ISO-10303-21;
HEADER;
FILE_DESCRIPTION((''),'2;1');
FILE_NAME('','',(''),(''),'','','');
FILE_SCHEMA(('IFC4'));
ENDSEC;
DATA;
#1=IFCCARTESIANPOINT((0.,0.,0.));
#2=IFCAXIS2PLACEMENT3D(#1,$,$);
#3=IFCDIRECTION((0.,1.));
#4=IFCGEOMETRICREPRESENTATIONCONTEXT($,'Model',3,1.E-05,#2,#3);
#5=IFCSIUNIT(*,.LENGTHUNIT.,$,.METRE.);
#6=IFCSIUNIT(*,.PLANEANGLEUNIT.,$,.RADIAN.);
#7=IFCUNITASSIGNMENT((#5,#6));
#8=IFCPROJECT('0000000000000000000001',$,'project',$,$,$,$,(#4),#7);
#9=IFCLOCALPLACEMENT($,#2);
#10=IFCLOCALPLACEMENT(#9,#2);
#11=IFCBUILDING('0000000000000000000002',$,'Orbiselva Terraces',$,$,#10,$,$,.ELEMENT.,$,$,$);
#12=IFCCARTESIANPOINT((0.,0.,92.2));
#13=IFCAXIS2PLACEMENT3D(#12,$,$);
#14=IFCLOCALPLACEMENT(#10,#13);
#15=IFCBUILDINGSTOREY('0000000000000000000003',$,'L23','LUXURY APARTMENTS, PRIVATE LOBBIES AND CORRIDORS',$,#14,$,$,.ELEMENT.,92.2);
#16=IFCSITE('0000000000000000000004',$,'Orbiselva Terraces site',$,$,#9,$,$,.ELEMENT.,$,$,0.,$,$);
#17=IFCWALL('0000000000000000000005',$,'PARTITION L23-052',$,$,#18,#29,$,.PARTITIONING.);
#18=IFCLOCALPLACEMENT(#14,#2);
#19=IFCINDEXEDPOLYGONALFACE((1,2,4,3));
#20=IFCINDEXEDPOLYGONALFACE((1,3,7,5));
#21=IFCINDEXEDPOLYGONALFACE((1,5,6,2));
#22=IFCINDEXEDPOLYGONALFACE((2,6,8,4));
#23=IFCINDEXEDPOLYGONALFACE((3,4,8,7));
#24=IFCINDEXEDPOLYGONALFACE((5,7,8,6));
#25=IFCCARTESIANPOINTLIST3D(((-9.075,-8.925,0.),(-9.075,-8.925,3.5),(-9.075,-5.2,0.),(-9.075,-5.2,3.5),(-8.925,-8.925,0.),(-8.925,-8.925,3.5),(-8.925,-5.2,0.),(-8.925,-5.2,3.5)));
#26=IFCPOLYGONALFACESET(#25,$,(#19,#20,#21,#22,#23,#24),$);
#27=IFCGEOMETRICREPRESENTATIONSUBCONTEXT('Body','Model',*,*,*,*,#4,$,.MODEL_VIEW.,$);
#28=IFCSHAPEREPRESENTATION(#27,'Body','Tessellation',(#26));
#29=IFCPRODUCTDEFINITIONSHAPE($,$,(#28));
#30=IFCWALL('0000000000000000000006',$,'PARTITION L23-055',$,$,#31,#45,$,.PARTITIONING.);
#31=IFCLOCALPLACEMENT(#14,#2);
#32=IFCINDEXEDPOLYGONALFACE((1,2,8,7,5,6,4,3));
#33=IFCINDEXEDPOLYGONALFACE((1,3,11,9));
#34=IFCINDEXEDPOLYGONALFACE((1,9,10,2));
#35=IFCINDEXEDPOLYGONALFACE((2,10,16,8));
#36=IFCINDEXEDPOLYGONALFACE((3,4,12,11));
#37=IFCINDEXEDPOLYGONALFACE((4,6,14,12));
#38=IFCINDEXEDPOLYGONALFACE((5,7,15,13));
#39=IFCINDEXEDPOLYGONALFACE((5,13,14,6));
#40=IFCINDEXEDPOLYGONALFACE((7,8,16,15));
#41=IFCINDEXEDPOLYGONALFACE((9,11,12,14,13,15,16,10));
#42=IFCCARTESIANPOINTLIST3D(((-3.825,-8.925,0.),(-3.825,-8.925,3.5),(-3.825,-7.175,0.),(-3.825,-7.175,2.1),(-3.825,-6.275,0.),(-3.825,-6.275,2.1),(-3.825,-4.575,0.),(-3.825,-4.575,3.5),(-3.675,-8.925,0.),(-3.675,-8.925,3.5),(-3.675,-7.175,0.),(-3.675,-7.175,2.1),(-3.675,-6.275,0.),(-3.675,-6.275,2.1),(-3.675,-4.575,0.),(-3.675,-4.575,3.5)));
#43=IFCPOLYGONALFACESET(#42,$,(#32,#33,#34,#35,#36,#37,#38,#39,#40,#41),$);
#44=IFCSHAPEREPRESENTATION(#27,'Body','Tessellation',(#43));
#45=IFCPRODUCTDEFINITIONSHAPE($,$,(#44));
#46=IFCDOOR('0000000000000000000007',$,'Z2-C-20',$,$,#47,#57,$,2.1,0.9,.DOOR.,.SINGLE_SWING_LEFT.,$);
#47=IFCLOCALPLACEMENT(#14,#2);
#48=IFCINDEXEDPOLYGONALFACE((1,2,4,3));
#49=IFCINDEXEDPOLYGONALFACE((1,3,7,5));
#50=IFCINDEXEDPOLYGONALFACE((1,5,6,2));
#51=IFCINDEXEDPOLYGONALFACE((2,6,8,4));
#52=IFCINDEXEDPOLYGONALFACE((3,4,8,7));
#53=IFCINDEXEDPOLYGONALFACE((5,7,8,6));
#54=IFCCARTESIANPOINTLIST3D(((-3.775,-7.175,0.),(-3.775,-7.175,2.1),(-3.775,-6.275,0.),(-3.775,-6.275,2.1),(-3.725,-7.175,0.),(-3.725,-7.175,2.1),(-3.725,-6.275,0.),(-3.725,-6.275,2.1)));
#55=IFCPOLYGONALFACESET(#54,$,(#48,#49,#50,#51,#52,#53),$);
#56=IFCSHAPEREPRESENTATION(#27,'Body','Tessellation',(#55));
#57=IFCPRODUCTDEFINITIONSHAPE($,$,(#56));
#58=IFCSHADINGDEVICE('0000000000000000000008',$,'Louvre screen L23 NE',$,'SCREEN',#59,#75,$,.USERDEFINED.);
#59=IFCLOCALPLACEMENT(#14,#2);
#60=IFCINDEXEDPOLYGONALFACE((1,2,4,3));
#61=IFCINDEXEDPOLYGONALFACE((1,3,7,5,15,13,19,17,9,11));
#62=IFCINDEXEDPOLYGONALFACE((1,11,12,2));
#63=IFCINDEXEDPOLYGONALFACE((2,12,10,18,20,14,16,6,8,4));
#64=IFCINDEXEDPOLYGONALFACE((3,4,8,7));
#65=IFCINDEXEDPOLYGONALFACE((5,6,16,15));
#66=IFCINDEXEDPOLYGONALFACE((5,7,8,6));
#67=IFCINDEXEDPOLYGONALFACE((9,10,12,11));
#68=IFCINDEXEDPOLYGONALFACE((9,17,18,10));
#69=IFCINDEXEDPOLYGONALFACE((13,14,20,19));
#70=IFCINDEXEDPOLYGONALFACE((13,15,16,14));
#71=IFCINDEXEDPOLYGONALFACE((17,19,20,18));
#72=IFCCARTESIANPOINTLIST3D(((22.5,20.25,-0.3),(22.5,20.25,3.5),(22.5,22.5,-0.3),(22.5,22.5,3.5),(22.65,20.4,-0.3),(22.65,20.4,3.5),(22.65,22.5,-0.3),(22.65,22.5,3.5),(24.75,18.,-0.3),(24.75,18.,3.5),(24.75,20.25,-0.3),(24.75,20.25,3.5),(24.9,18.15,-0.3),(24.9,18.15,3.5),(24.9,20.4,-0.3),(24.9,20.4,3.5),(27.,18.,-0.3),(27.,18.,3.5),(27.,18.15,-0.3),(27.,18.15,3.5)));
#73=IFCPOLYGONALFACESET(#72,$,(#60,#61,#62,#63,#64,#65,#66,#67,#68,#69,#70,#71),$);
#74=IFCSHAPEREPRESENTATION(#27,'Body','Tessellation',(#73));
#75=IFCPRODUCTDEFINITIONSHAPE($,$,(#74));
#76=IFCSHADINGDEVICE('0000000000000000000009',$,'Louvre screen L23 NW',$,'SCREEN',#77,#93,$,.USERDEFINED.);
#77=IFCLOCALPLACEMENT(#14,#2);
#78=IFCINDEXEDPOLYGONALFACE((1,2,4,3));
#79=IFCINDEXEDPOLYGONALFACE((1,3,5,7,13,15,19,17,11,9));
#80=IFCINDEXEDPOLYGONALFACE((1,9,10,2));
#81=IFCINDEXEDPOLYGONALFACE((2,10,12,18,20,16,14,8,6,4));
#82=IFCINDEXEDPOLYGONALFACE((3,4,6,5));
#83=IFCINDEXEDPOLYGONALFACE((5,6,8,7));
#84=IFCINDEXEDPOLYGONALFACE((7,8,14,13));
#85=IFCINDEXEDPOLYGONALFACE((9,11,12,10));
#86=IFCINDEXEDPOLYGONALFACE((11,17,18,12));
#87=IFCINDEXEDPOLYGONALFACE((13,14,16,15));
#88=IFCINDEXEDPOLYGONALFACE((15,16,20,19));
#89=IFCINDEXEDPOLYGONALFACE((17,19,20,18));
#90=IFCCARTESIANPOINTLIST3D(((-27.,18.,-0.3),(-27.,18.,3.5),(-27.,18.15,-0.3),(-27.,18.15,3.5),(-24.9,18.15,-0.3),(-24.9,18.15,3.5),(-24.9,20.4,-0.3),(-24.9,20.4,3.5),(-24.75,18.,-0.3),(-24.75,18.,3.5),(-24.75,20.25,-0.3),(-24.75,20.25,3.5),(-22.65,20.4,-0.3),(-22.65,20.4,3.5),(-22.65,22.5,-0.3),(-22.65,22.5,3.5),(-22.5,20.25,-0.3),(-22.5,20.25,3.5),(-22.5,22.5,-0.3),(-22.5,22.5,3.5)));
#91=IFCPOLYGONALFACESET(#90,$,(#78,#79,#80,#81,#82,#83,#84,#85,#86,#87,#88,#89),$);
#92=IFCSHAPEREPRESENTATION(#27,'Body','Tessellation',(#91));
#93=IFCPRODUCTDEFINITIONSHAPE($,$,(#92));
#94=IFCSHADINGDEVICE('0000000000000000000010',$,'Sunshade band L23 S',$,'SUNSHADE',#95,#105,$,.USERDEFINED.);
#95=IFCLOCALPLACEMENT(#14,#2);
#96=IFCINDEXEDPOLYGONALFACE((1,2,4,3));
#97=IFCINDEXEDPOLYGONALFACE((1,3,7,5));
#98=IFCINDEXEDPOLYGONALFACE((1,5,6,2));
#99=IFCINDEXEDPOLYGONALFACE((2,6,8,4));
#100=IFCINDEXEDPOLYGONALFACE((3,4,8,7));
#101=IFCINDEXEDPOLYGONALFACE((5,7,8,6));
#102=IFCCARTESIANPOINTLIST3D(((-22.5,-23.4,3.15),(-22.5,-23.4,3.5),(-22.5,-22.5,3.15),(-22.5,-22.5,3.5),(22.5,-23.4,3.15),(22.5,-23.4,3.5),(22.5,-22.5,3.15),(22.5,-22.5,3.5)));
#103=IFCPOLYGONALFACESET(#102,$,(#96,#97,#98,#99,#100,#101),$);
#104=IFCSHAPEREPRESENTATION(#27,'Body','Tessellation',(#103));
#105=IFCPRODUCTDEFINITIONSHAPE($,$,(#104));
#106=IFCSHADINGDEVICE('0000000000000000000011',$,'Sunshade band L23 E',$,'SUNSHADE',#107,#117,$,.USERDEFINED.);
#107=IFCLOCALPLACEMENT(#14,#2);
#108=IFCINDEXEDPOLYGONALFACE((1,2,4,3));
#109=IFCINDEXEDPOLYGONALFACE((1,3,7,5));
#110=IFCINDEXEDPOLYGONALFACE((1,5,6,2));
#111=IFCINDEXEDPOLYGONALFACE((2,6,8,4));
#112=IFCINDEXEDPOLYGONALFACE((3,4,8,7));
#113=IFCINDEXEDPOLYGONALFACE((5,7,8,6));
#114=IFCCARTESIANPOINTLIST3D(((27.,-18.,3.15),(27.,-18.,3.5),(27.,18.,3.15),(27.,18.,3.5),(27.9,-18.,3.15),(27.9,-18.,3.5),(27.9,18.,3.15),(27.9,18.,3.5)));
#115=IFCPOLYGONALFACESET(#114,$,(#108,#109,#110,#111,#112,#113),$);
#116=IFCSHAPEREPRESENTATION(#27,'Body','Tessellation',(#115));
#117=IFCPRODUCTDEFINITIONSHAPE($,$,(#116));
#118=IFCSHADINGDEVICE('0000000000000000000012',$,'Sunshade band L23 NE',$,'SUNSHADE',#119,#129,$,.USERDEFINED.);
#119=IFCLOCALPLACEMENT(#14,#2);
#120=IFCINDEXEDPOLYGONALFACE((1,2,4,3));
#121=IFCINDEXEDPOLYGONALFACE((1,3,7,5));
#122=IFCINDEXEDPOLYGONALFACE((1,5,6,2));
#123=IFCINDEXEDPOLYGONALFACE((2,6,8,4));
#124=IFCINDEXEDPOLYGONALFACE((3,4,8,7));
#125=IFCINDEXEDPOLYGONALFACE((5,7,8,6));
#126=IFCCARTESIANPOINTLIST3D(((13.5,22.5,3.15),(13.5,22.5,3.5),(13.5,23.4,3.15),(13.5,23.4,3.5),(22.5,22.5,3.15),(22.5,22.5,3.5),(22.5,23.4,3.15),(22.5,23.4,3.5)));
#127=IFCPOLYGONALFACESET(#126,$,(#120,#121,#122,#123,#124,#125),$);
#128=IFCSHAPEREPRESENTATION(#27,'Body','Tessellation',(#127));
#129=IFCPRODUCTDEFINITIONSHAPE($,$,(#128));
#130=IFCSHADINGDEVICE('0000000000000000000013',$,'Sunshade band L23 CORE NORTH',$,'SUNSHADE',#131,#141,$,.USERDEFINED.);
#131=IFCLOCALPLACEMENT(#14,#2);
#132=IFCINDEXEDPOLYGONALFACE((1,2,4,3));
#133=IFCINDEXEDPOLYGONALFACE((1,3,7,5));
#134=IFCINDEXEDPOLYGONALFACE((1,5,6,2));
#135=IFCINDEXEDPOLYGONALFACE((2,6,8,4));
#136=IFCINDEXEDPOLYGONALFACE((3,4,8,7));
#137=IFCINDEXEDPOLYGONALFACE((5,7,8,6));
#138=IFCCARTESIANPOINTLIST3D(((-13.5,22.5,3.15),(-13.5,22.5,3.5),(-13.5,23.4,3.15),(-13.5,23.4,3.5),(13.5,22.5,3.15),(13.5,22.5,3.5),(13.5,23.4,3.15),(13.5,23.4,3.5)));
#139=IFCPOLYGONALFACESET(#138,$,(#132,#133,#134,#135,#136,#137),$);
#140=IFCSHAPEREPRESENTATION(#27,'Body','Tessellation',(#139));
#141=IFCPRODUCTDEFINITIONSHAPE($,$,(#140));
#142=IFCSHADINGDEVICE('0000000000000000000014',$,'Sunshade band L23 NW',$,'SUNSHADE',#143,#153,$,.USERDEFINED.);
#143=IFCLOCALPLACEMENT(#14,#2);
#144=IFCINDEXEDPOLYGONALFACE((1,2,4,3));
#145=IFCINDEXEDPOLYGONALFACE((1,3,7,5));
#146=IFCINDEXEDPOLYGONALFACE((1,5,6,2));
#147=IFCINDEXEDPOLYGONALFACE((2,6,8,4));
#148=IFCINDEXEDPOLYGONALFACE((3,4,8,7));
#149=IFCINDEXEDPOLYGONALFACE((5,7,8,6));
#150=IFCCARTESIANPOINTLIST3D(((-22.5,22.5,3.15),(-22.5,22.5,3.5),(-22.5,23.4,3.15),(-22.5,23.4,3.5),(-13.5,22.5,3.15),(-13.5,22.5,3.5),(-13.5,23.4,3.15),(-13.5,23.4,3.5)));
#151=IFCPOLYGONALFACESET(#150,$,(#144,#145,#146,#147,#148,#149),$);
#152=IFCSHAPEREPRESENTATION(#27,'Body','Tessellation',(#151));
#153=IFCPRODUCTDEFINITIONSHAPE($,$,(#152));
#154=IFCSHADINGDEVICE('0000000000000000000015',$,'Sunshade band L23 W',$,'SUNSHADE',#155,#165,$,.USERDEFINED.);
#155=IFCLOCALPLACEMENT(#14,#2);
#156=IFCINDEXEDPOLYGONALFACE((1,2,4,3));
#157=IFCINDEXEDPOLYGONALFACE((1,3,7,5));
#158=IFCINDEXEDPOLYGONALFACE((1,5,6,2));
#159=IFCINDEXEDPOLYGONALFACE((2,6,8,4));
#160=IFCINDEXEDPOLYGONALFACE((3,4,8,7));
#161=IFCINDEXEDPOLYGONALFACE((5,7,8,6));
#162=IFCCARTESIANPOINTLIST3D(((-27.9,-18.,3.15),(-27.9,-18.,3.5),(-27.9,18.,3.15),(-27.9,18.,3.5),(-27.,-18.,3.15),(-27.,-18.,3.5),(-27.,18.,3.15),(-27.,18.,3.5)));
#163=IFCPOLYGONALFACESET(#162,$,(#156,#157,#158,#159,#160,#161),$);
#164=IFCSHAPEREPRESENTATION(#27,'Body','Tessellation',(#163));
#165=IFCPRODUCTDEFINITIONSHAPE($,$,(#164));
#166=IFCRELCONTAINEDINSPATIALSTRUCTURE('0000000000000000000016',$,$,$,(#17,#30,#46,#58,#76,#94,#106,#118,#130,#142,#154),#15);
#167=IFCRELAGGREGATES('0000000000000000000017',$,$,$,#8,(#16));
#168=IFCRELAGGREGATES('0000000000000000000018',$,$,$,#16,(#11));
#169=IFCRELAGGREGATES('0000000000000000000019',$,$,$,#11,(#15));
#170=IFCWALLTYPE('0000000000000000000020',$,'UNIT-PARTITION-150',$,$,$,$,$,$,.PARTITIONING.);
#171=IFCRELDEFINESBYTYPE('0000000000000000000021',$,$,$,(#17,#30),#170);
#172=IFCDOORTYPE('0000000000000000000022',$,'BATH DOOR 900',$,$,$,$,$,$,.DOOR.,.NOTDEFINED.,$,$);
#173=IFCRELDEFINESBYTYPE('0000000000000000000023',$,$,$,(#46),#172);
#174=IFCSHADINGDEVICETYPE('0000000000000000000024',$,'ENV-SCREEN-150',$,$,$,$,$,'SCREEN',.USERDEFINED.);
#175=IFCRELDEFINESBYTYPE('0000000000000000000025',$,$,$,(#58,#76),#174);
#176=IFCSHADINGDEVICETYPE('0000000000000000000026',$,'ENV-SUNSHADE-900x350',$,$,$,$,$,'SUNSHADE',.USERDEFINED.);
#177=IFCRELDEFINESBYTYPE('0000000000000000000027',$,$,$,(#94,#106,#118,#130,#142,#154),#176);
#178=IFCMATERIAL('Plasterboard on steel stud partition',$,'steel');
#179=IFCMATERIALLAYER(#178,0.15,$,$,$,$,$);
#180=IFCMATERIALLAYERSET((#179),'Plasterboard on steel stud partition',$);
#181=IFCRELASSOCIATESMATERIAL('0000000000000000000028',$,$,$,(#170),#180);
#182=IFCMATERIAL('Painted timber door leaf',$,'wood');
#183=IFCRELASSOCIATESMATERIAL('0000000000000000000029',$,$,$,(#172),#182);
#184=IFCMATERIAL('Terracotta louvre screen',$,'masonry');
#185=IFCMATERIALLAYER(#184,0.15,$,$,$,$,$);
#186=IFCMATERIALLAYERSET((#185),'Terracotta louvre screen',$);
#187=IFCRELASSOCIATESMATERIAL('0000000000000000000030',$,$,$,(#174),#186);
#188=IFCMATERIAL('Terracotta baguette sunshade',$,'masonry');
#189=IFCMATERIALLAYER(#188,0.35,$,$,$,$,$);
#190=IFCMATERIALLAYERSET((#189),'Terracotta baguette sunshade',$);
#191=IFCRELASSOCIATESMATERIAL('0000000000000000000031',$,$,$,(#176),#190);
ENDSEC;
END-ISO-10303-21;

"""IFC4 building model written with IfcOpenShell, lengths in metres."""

from ifc_helpers import new_model, si_unit, direction, frame, frame_2d, origin, place, context, subcontext, project, spatial, polyline, rectangle, outline, extrude, material, layer, layer_set, type_object, element, fill, save


model = new_model("IFC4")

# Units and contexts
model_context = context("Model", 3, precision=1e-05, world=origin(), true_north=direction((0.0, 1.0)))
body_context = subcontext(model_context, "Body", "Model", "MODEL_VIEW")
ifc_project = project(units=[si_unit("LENGTHUNIT", "METRE"), si_unit("PLANEANGLEUNIT", "RADIAN")], contexts=[model_context])

# Site, building, storey
site_placement = place(None, origin())
site = spatial("IfcSite", under=ifc_project, at=site_placement, Name="Orbiselva Terraces site", CompositionType="ELEMENT", RefElevation=0.0)
building_placement = place(site_placement, origin())
building = spatial("IfcBuilding", under=site, at=building_placement, Name="Orbiselva Terraces", CompositionType="ELEMENT")
storey_placement = place(building_placement, frame((0.0, 0.0, 92.2)))
storey = spatial("IfcBuildingStorey", under=building, at=storey_placement, Name="L23", Description="LUXURY APARTMENTS, PRIVATE LOBBIES AND CORRIDORS", CompositionType="ELEMENT", Elevation=92.2)

# Shared definitions
ifc_material_1 = material(Name="Plasterboard on steel stud partition", Category="steel")
ifc_material_2 = material(Name="Painted timber door leaf", Category="wood")

# Shared definitions
ifc_layer_1 = layer(ifc_material_1, 0.15)
ifc_layer_set_1 = layer_set([ifc_layer_1], Name="Plasterboard on steel stud partition")
wall_type_1 = type_object("IfcWallType", Name="UNIT-PARTITION-150", PredefinedType="PARTITIONING", material=ifc_layer_set_1)

# Wall
wall_1_placement = place(storey_placement, frame((-9.0, -8.925, 0.0), z_axis=(0.0, 0.0, 1.0), x_axis=(0.0, 1.0, 0.0)))
element("IfcWall", 1, at=wall_1_placement, inside=storey, type_object=wall_type_1, Name="PARTITION L23-052", PredefinedType="PARTITIONING", context=body_context, shape_type="SweptSolid", body=[
    extrude(rectangle(XDim=3.725, YDim=0.15, at=frame_2d((1.8625, 0.0))), origin(), (0.0, 0.0, 1.0), 3.5),
])

# Wall, opening, door
wall_2_placement = place(storey_placement, frame((-3.75, -4.575, 0.0), z_axis=(0.0, 0.0, 1.0), x_axis=(0.0, -1.0, 0.0)))
wall_2 = element("IfcWall", 2, at=wall_2_placement, inside=storey, type_object=wall_type_1, Name="PARTITION L23-055", PredefinedType="PARTITIONING", context=body_context, shape_type="SweptSolid", body=[
    extrude(rectangle(XDim=4.35, YDim=0.15, at=frame_2d((2.175, 0.0))), origin(), (0.0, 0.0, 1.0), 3.5),
])
opening_1_placement = place(wall_2_placement, frame((1.7, 0.0, 0.0)))
opening_1 = element("IfcOpeningElement", 3, at=opening_1_placement, cuts=wall_2, PredefinedType="OPENING", context=body_context, shape_type="SweptSolid", body=[
    extrude(rectangle(XDim=0.9, YDim=2.1, at=frame_2d((0.45, 1.05))), frame((0.0, 0.085, 0.0), z_axis=(0.0, -1.0, 0.0), x_axis=(1.0, 0.0, 0.0)), (0.0, 0.0, 1.0), 0.17),
])
door_type_1 = type_object("IfcDoorType", Name="BATH DOOR 900", OperationType="NOTDEFINED", PredefinedType="DOOR", material=ifc_material_2)
door_1_placement = place(opening_1_placement, origin())
door_1 = element("IfcDoor", 4, at=door_1_placement, inside=storey, type_object=door_type_1, Name="Z2-C-20", OperationType="SINGLE_SWING_LEFT", OverallHeight=2.1, OverallWidth=0.9, PredefinedType="DOOR", context=body_context, shape_type="SweptSolid", body=[
    extrude(rectangle(XDim=0.9, YDim=2.1, at=frame_2d((0.45, 1.05))), frame((0.0, 0.025, 0.0), z_axis=(0.0, -1.0, 0.0), x_axis=(1.0, 0.0, 0.0)), (0.0, 0.0, 1.0), 0.05),
])
fill(opening_1, door_1)

# Shading devices
ifc_material_3 = material(Name="Terracotta louvre screen", Category="masonry")
ifc_layer_2 = layer(ifc_material_3, 0.15)
ifc_layer_set_2 = layer_set([ifc_layer_2], Name="Terracotta louvre screen")
shading_device_type_1 = type_object("IfcShadingDeviceType", Name="ENV-SCREEN-150", ElementType="SCREEN", PredefinedType="USERDEFINED", material=ifc_layer_set_2)
shading_device_1_placement = place(storey_placement, frame((0.0, 0.0, -0.3)))
element("IfcShadingDevice", 5, at=shading_device_1_placement, inside=storey, type_object=shading_device_type_1, Name="Louvre screen L23 NE", ObjectType="SCREEN", PredefinedType="USERDEFINED", context=body_context, shape_type="SweptSolid", body=[
    extrude(outline(polyline([(27.0, 18.15), (24.9, 18.15), (24.9, 20.4), (22.65, 20.4), (22.65, 22.5), (22.5, 22.5), (22.5, 20.25), (24.75, 20.25), (24.75, 18.0), (27.0, 18.0), (27.0, 18.15)])), origin(), (0.0, 0.0, 1.0), 3.8),
])
shading_device_2_placement = place(storey_placement, frame((0.0, 0.0, -0.3)))
element("IfcShadingDevice", 6, at=shading_device_2_placement, inside=storey, type_object=shading_device_type_1, Name="Louvre screen L23 NW", ObjectType="SCREEN", PredefinedType="USERDEFINED", context=body_context, shape_type="SweptSolid", body=[
    extrude(outline(polyline([(-22.65, 22.5), (-22.65, 20.4), (-24.9, 20.4), (-24.9, 18.15), (-27.0, 18.15), (-27.0, 18.0), (-24.75, 18.0), (-24.75, 20.25), (-22.5, 20.25), (-22.5, 22.5), (-22.65, 22.5)])), origin(), (0.0, 0.0, 1.0), 3.8),
])
ifc_material_4 = material(Name="Terracotta baguette sunshade", Category="masonry")
ifc_layer_3 = layer(ifc_material_4, 0.35)
ifc_layer_set_3 = layer_set([ifc_layer_3], Name="Terracotta baguette sunshade")
shading_device_type_2 = type_object("IfcShadingDeviceType", Name="ENV-SUNSHADE-900x350", ElementType="SUNSHADE", PredefinedType="USERDEFINED", material=ifc_layer_set_3)
shading_device_3_placement = place(storey_placement, frame((0.0, 0.0, 3.15)))
element("IfcShadingDevice", 7, at=shading_device_3_placement, inside=storey, type_object=shading_device_type_2, Name="Sunshade band L23 S", ObjectType="SUNSHADE", PredefinedType="USERDEFINED", context=body_context, shape_type="SweptSolid", body=[
    extrude(outline(polyline([(-22.5, -23.4), (22.5, -23.4), (22.5, -22.5), (-22.5, -22.5), (-22.5, -23.4)])), origin(), (0.0, 0.0, 1.0), 0.35),
])
shading_device_4_placement = place(storey_placement, frame((0.0, 0.0, 3.15)))
element("IfcShadingDevice", 8, at=shading_device_4_placement, inside=storey, type_object=shading_device_type_2, Name="Sunshade band L23 E", ObjectType="SUNSHADE", PredefinedType="USERDEFINED", context=body_context, shape_type="SweptSolid", body=[
    extrude(outline(polyline([(27.9, -18.0), (27.9, 18.0), (27.0, 18.0), (27.0, -18.0), (27.9, -18.0)])), origin(), (0.0, 0.0, 1.0), 0.35),
])
shading_device_5_placement = place(storey_placement, frame((0.0, 0.0, 3.15)))
element("IfcShadingDevice", 9, at=shading_device_5_placement, inside=storey, type_object=shading_device_type_2, Name="Sunshade band L23 NE", ObjectType="SUNSHADE", PredefinedType="USERDEFINED", context=body_context, shape_type="SweptSolid", body=[
    extrude(outline(polyline([(22.5, 23.4), (13.5, 23.4), (13.5, 22.5), (22.5, 22.5), (22.5, 23.4)])), origin(), (0.0, 0.0, 1.0), 0.35),
])
shading_device_6_placement = place(storey_placement, frame((0.0, 0.0, 3.15)))
element("IfcShadingDevice", 10, at=shading_device_6_placement, inside=storey, type_object=shading_device_type_2, Name="Sunshade band L23 CORE NORTH", ObjectType="SUNSHADE", PredefinedType="USERDEFINED", context=body_context, shape_type="SweptSolid", body=[
    extrude(outline(polyline([(13.5, 23.4), (-13.5, 23.4), (-13.5, 22.5), (13.5, 22.5), (13.5, 23.4)])), origin(), (0.0, 0.0, 1.0), 0.35),
])
shading_device_7_placement = place(storey_placement, frame((0.0, 0.0, 3.15)))
element("IfcShadingDevice", 11, at=shading_device_7_placement, inside=storey, type_object=shading_device_type_2, Name="Sunshade band L23 NW", ObjectType="SUNSHADE", PredefinedType="USERDEFINED", context=body_context, shape_type="SweptSolid", body=[
    extrude(outline(polyline([(-13.5, 23.4), (-22.5, 23.4), (-22.5, 22.5), (-13.5, 22.5), (-13.5, 23.4)])), origin(), (0.0, 0.0, 1.0), 0.35),
])
shading_device_8_placement = place(storey_placement, frame((0.0, 0.0, 3.15)))
element("IfcShadingDevice", 12, at=shading_device_8_placement, inside=storey, type_object=shading_device_type_2, Name="Sunshade band L23 W", ObjectType="SUNSHADE", PredefinedType="USERDEFINED", context=body_context, shape_type="SweptSolid", body=[
    extrude(outline(polyline([(-27.9, 18.0), (-27.9, -18.0), (-27.0, -18.0), (-27.0, 18.0), (-27.9, 18.0)])), origin(), (0.0, 0.0, 1.0), 0.35),
])

save(model, "model.ifc")
